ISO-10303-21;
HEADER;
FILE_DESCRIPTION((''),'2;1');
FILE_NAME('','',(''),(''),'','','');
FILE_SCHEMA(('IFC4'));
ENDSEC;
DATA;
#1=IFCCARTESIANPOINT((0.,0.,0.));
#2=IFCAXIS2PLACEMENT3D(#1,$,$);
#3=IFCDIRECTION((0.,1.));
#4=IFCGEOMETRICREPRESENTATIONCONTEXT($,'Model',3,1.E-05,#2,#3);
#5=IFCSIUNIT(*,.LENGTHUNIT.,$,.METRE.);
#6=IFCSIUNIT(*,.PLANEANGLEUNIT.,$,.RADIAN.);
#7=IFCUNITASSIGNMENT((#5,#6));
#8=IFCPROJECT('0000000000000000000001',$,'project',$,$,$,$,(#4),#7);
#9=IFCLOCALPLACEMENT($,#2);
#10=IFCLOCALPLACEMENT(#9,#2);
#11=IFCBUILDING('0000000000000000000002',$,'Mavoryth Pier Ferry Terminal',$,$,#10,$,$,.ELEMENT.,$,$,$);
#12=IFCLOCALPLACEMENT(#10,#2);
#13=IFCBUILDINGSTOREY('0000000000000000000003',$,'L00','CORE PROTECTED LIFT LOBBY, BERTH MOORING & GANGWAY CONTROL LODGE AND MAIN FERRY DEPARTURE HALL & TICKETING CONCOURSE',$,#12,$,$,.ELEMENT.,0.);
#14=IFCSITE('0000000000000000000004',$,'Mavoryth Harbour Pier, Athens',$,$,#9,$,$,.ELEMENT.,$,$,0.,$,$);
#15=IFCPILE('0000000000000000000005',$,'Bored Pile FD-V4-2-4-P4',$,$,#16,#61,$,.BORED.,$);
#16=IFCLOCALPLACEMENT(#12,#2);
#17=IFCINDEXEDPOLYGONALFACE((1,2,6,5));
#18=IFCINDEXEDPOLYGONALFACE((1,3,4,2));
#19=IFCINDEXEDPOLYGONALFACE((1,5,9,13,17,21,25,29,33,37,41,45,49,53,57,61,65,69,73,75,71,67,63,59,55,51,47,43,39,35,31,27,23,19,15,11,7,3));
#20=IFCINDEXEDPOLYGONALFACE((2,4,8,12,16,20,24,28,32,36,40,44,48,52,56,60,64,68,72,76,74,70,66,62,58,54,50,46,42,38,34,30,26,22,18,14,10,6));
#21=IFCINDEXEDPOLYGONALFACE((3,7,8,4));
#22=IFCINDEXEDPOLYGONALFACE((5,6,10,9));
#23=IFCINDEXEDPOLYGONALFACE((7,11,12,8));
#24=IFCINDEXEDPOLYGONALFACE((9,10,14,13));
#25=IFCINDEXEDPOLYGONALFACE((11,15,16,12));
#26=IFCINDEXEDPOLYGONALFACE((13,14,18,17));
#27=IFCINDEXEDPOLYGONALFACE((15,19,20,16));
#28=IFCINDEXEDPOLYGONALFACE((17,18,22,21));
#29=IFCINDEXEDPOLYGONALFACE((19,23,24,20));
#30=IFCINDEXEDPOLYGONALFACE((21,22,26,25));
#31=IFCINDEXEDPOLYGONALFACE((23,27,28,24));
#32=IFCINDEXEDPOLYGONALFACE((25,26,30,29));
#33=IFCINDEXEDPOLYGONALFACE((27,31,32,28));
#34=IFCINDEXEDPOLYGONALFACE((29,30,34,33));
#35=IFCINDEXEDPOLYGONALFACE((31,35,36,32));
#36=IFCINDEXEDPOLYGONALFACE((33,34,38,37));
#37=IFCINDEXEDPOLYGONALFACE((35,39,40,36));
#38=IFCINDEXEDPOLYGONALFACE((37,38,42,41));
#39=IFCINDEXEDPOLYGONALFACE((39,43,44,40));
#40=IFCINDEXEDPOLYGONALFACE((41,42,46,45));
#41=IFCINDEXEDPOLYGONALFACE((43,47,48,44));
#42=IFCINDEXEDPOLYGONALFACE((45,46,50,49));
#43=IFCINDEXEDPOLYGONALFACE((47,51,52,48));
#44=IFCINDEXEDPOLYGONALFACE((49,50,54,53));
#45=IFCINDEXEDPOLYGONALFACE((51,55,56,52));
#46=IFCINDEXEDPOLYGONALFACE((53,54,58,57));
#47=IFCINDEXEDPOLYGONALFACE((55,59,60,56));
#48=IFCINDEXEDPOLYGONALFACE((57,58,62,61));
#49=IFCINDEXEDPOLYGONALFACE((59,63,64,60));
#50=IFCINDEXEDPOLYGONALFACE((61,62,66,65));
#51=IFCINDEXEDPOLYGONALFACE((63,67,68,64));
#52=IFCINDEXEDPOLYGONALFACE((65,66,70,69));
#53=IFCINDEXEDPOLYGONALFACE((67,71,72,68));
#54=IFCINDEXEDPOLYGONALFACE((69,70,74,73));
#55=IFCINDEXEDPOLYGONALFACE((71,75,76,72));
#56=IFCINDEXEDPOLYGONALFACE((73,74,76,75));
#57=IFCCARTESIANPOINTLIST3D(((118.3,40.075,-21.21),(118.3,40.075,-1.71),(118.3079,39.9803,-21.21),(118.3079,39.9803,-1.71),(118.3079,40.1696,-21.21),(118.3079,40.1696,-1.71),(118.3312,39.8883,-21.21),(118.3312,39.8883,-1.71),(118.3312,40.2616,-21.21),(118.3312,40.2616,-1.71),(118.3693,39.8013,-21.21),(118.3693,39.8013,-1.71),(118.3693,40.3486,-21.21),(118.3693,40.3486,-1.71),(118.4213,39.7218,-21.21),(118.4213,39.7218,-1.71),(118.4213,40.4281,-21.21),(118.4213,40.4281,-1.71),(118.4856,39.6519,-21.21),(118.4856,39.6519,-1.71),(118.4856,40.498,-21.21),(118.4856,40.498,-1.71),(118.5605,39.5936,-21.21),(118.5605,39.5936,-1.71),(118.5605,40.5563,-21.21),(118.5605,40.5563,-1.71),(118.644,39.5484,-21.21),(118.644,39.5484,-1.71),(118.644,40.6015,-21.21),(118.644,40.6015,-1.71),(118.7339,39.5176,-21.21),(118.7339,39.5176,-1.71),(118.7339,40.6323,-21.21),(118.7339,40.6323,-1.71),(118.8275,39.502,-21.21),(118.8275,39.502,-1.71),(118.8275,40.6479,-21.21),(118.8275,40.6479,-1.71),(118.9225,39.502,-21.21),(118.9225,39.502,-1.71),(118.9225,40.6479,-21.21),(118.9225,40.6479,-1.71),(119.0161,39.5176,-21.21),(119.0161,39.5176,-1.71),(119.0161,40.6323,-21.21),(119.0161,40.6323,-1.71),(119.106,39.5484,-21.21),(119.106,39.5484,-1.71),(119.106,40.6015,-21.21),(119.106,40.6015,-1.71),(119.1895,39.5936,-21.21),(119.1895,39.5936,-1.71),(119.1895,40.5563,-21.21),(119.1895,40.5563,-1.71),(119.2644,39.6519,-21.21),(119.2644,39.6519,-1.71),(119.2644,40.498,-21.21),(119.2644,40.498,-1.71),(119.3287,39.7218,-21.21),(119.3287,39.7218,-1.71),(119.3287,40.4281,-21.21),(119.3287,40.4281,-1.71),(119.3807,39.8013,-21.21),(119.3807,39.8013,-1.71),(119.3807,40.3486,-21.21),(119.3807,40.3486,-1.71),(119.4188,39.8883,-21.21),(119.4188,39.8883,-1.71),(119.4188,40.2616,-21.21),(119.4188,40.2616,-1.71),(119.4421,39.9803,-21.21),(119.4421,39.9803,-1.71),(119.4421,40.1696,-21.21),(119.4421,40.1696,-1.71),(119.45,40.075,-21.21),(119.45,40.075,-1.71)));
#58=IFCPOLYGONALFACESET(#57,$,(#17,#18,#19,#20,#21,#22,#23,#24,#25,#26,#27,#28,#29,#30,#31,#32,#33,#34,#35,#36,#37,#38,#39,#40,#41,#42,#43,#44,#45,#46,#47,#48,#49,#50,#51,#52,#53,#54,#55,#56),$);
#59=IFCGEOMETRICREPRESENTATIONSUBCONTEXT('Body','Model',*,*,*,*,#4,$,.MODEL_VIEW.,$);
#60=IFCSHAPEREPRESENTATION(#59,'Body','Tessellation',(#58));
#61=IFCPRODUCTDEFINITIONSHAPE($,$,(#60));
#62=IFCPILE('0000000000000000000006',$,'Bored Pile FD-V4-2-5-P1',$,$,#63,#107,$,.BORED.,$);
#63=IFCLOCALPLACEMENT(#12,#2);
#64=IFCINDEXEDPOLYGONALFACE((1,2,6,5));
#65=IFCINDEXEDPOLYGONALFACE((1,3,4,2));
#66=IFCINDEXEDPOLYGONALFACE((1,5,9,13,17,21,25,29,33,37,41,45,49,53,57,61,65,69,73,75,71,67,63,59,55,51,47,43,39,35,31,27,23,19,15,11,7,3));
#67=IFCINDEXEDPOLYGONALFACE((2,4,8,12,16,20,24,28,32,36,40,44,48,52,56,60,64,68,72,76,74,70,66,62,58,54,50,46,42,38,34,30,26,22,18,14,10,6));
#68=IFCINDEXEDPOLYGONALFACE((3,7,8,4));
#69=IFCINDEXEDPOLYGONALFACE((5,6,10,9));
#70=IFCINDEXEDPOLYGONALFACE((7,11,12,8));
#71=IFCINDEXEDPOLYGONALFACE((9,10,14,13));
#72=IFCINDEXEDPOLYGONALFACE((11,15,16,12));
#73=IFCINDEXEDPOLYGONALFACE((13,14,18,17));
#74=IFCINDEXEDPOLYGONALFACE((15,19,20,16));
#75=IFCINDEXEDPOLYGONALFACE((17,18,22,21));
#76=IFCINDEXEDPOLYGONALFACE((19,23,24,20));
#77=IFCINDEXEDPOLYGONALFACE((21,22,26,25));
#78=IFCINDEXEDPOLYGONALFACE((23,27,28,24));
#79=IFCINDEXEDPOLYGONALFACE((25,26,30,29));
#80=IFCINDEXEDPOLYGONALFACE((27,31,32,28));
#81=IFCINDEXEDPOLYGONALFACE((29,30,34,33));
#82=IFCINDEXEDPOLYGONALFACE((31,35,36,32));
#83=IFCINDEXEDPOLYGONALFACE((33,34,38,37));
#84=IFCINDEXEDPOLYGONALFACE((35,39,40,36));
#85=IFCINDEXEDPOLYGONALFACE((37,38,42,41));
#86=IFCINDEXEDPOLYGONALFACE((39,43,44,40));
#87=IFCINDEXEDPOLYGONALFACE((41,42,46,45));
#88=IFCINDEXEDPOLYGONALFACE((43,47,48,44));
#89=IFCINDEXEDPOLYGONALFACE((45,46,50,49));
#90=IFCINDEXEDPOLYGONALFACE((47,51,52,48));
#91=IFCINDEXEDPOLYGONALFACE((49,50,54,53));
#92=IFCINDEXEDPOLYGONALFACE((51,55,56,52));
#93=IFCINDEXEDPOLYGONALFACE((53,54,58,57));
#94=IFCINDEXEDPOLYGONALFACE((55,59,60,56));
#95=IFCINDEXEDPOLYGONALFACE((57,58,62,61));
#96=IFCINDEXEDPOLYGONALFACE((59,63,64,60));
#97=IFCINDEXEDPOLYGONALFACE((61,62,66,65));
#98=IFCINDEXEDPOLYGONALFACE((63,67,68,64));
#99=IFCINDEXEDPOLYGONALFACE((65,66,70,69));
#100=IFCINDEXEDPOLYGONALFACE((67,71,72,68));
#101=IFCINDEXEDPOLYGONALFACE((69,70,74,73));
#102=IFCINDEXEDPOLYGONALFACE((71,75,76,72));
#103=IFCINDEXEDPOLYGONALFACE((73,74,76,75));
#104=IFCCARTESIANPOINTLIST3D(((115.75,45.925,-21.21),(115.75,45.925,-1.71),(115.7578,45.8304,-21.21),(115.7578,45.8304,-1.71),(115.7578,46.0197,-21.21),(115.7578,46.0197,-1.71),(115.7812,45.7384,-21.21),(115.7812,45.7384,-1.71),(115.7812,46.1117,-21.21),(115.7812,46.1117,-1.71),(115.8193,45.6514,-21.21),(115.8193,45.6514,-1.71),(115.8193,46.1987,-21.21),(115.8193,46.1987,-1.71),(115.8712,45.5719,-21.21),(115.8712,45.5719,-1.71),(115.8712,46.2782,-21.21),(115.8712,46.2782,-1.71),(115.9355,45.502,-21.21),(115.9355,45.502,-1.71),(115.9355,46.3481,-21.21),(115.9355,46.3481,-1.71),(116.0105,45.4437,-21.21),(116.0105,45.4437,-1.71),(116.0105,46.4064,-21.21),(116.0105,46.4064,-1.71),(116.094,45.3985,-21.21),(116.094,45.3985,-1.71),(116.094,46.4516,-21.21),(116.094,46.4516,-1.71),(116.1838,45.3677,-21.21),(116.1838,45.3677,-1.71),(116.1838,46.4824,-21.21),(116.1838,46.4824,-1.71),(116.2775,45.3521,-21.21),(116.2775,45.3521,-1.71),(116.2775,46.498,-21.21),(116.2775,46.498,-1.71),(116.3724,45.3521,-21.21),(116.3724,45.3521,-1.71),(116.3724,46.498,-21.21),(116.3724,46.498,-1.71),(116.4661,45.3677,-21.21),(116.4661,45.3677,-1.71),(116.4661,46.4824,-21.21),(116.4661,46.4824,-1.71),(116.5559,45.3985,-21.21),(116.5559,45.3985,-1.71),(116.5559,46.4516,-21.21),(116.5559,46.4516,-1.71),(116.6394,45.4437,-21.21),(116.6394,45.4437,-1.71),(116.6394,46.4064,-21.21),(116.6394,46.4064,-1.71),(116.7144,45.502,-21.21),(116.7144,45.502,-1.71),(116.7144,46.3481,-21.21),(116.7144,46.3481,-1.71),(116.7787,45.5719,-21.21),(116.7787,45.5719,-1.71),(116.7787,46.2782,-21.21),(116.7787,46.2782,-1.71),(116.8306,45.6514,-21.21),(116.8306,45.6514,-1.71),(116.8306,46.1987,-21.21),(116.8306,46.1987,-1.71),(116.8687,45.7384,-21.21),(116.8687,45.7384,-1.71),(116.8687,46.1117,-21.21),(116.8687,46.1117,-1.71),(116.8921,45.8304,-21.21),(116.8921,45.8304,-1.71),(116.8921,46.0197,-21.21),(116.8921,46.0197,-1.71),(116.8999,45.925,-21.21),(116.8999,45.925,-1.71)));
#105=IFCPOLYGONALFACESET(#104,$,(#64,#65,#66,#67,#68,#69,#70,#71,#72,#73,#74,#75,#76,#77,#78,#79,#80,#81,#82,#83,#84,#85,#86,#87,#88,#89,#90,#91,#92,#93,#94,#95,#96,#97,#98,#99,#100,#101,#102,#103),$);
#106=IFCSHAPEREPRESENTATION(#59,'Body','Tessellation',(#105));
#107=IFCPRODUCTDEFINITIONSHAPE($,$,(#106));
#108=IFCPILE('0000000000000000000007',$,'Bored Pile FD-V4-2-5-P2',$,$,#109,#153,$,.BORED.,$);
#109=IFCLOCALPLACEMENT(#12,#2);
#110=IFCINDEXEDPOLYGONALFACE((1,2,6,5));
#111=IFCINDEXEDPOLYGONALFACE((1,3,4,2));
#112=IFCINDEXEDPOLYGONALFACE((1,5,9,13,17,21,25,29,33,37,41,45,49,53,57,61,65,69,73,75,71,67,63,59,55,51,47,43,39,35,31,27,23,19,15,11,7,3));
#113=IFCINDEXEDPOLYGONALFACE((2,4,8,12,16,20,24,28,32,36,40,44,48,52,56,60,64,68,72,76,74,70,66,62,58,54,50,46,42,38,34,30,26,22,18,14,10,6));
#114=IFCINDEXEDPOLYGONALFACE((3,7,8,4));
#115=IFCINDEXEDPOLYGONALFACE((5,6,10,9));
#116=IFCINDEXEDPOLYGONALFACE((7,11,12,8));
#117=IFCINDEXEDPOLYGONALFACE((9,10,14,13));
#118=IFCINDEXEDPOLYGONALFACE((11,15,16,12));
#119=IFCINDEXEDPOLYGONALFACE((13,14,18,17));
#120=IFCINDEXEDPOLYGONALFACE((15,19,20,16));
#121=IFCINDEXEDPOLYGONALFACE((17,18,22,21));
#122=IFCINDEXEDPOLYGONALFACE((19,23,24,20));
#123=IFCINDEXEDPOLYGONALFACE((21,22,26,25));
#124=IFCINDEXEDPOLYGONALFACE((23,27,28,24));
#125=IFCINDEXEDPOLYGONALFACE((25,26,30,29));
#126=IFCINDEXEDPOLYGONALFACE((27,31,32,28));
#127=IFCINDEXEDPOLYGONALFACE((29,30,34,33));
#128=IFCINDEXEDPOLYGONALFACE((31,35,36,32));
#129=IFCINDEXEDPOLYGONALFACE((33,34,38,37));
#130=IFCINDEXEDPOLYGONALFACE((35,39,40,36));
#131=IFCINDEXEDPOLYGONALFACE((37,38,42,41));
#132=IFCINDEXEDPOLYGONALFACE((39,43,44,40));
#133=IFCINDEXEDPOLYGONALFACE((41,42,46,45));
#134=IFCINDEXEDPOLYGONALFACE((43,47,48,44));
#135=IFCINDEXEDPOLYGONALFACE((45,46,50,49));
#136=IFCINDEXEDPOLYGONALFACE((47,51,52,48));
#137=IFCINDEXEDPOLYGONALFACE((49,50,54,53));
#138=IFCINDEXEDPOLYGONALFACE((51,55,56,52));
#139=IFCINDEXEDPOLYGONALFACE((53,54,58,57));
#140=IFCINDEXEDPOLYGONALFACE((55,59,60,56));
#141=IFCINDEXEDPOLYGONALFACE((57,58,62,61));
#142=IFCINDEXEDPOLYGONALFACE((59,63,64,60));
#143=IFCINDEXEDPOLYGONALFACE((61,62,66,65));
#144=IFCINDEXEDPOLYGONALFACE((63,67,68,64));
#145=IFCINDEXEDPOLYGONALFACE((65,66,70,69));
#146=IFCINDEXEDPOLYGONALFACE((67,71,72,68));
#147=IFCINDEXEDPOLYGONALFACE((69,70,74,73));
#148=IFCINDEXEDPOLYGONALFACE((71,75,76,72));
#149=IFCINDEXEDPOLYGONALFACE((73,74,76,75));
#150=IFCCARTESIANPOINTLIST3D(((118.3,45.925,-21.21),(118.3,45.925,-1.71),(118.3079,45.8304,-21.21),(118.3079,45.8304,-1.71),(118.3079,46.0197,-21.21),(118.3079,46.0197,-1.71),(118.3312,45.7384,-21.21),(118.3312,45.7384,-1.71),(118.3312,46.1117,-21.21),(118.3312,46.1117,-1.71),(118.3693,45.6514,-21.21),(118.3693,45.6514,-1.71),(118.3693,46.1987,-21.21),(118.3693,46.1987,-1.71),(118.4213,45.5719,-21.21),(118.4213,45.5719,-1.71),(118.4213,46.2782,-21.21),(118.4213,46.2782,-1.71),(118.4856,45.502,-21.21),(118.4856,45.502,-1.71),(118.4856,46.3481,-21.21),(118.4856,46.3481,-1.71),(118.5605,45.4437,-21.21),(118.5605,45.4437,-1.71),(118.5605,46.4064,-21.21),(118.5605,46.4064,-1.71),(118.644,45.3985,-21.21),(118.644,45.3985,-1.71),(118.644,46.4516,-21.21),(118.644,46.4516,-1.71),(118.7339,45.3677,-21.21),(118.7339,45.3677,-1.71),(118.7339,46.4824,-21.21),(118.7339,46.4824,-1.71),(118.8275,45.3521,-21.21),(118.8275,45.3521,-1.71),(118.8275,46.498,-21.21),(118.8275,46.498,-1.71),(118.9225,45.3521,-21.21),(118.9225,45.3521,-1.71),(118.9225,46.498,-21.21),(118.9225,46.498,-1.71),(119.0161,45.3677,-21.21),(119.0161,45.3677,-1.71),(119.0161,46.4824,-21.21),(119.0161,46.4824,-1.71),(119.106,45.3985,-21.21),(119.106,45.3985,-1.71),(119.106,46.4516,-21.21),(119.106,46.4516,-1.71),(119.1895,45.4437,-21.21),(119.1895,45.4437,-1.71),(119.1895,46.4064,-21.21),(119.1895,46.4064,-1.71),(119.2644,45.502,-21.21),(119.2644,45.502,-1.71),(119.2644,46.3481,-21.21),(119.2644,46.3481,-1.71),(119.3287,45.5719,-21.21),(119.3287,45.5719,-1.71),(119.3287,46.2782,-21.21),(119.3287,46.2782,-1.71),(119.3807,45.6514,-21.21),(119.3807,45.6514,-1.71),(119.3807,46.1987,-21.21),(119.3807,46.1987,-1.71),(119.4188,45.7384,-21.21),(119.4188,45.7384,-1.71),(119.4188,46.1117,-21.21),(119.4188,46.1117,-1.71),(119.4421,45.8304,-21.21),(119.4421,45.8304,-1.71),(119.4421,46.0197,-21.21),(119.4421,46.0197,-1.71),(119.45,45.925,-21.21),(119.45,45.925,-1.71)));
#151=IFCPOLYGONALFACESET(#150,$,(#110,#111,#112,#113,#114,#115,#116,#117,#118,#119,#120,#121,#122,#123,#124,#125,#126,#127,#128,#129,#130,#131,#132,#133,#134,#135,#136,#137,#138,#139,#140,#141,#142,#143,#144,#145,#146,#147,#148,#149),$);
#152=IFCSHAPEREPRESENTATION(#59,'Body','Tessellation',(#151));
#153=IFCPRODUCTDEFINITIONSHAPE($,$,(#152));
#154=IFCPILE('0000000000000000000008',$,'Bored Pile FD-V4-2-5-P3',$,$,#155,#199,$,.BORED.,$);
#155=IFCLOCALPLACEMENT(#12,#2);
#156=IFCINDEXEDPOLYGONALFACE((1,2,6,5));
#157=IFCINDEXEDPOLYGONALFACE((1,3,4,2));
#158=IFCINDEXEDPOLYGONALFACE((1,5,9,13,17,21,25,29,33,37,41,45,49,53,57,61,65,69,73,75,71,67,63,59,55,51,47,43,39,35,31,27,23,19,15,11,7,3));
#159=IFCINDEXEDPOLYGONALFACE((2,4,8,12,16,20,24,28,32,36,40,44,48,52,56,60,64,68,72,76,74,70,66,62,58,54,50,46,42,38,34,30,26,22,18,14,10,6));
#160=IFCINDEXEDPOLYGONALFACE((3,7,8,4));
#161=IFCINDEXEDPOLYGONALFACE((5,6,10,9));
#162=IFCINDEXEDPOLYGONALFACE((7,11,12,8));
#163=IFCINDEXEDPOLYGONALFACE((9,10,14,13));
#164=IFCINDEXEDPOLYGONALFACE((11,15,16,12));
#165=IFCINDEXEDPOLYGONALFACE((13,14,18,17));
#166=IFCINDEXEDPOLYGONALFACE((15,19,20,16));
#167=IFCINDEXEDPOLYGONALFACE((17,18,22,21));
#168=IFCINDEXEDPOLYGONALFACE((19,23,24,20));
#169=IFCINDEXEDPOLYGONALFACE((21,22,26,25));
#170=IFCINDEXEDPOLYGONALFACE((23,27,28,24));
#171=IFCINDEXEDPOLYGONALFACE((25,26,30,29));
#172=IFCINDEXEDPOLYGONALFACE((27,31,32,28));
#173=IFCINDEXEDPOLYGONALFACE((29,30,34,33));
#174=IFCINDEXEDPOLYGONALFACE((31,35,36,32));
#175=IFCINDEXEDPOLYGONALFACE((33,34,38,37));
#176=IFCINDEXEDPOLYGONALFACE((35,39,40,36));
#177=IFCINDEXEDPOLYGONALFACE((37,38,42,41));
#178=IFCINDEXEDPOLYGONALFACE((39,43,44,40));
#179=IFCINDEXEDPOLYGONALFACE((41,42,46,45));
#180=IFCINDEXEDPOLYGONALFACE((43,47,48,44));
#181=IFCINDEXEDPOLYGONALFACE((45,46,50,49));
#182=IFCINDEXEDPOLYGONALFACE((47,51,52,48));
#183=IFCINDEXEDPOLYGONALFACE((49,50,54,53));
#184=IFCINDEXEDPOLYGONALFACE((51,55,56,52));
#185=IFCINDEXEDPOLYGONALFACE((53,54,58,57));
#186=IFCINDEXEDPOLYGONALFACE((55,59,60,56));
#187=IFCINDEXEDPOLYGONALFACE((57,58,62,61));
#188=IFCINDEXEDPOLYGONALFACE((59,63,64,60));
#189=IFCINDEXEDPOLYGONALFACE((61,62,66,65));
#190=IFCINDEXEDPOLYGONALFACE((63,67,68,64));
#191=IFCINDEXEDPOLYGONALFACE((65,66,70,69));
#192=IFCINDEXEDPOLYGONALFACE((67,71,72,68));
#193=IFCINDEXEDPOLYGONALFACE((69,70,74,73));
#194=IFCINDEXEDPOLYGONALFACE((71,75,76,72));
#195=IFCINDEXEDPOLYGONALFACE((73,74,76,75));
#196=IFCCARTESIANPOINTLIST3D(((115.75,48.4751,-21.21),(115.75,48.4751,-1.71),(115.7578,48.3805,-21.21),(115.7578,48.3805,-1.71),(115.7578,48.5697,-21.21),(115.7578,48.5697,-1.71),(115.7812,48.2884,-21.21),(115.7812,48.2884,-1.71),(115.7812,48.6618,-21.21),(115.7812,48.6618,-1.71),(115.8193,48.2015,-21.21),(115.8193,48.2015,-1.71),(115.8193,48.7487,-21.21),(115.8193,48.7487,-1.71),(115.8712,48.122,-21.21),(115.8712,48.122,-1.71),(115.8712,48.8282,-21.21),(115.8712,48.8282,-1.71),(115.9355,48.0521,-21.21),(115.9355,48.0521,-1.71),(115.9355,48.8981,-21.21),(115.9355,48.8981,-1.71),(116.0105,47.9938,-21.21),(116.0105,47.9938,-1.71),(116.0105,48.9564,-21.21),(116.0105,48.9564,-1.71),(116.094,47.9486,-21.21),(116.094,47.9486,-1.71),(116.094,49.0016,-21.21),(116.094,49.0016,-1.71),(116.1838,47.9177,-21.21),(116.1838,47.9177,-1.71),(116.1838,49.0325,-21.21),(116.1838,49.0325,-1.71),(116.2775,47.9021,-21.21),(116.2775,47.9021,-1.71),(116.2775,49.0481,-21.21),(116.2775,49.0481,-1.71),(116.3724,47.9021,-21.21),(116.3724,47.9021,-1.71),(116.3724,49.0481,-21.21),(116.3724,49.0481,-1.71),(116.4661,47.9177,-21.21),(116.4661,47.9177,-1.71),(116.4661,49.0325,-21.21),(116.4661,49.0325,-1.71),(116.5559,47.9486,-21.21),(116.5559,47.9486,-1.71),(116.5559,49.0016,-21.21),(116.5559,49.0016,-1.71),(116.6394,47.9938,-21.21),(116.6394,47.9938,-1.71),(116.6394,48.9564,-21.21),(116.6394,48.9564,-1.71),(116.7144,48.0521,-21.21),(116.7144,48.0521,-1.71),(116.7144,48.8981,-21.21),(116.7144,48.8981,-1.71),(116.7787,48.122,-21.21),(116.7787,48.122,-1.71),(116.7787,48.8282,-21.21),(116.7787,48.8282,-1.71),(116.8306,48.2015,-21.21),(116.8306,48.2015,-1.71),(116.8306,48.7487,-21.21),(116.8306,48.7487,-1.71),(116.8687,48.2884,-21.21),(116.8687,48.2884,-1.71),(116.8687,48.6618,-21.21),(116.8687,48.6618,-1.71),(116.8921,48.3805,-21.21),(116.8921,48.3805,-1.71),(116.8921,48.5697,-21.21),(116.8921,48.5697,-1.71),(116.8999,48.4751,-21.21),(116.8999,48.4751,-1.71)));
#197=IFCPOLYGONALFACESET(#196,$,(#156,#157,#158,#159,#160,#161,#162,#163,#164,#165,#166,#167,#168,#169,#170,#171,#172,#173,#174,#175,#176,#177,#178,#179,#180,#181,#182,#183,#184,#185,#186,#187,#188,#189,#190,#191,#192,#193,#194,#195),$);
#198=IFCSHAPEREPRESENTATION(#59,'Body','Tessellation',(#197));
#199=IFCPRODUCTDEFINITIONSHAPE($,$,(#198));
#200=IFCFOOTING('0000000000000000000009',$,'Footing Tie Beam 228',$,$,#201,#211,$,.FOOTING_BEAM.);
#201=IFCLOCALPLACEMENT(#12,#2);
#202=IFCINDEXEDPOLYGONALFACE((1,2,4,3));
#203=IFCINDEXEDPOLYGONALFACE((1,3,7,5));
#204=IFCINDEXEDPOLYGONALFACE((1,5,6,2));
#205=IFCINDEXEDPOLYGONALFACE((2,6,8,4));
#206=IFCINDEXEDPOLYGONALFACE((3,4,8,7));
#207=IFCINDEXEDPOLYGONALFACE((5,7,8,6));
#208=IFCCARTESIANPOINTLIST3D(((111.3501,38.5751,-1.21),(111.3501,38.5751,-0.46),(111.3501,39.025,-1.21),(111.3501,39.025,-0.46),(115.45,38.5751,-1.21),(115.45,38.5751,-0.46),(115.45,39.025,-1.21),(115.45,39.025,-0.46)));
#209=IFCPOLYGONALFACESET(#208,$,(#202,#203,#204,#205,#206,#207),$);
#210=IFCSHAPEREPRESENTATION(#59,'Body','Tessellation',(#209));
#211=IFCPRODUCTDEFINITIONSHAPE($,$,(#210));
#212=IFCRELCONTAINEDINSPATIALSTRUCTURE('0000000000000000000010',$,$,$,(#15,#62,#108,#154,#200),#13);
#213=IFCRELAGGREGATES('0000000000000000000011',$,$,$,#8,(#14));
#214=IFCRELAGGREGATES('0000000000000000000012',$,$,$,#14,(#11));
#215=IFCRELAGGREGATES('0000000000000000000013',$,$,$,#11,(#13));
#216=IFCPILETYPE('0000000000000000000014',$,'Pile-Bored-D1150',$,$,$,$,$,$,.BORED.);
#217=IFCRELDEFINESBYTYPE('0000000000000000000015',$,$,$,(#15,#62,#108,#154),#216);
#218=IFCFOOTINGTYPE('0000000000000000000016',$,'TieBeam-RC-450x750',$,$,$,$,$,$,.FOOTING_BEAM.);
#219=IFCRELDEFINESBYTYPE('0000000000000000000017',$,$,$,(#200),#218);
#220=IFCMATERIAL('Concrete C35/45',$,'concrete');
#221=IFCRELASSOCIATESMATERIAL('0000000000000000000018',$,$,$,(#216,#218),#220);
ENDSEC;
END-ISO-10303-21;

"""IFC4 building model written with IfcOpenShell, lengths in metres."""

from ifc_helpers import new_model, si_unit, direction, frame, origin, origin_2d, place, context, subcontext, project, spatial, rectangle, circle, extrude, material, material_profile, profile_set, type_object, element, save


model = new_model("IFC4")

# Units and contexts
model_context = context("Model", 3, precision=1e-05, world=origin(), true_north=direction((0.0, 1.0)))
body_context = subcontext(model_context, "Body", "Model", "MODEL_VIEW")
ifc_project = project(units=[si_unit("LENGTHUNIT", "METRE"), si_unit("PLANEANGLEUNIT", "RADIAN")], contexts=[model_context])

# Site, building, storey
site_placement = place(None, origin())
site = spatial("IfcSite", under=ifc_project, at=site_placement, Name="Mavoryth Harbour Pier, Athens", CompositionType="ELEMENT", RefElevation=0.0)
building_placement = place(site_placement, origin())
building = spatial("IfcBuilding", under=site, at=building_placement, Name="Mavoryth Pier Ferry Terminal", CompositionType="ELEMENT")
storey_placement = place(building_placement, origin())
storey = spatial("IfcBuildingStorey", under=building, at=storey_placement, Name="L00", Description="CORE PROTECTED LIFT LOBBY, BERTH MOORING & GANGWAY CONTROL LODGE AND MAIN FERRY DEPARTURE HALL & TICKETING CONCOURSE", CompositionType="ELEMENT", Elevation=0.0)

# Shared definitions
ifc_material_1 = material(Name="Concrete C35/45", Category="concrete")

# Piles
ifc_material_profile_1 = material_profile(ifc_material_1, circle(Radius=0.575, at=origin_2d()), Name="PILE D1150", Category="concrete")
ifc_profile_set_1 = profile_set([ifc_material_profile_1], Name="Concrete C35/45 - PILE D1150")
pile_type = type_object("IfcPileType", Name="Pile-Bored-D1150", PredefinedType="BORED", material=ifc_profile_set_1)
for number, where, z_axis, x_axis, name in (
    (1, (118.875, 40.075, -1.71), (0.0, 0.0, -1.0), (1.0, 0.0, 0.0), "Bored Pile FD-V4-2-4-P4"),
    (2, (116.325, 45.925, -1.71), (0.0, 0.0, -1.0), (1.0, 0.0, 0.0), "Bored Pile FD-V4-2-5-P1"),
    (3, (118.875, 45.925, -1.71), (0.0, 0.0, -1.0), (1.0, 0.0, 0.0), "Bored Pile FD-V4-2-5-P2"),
    (4, (116.325, 48.4751, -1.71), (0.0, 0.0, -1.0), (1.0, 0.0, 0.0), "Bored Pile FD-V4-2-5-P3"),
):
    element("IfcPile", number, at=place(storey_placement, frame(where, z_axis=z_axis, x_axis=x_axis)), inside=storey, type_object=pile_type, Name=name, PredefinedType="BORED", context=body_context, shape_type="SweptSolid", body=[
        extrude(circle(Radius=0.575, at=origin_2d()), origin(), (0.0, 0.0, 1.0), 19.5),
    ])

# Footing
ifc_material_profile_2 = material_profile(ifc_material_1, rectangle(XDim=0.45, YDim=0.75, at=origin_2d()), Name="RC 450x750", Category="concrete")
ifc_profile_set_2 = profile_set([ifc_material_profile_2], Name="Concrete C35/45 - RC 450x750")
footing_type_1 = type_object("IfcFootingType", Name="TieBeam-RC-450x750", PredefinedType="FOOTING_BEAM", material=ifc_profile_set_2)
for number, where, z_axis, x_axis, name in (
    (5, (111.3501, 38.8, -0.835), (1.0, 0.0, 0.0), (0.0, 1.0, 0.0), "Footing Tie Beam 228"),
):
    element("IfcFooting", number, at=place(storey_placement, frame(where, z_axis=z_axis, x_axis=x_axis)), inside=storey, type_object=footing_type_1, Name=name, PredefinedType="FOOTING_BEAM", context=body_context, shape_type="SweptSolid", body=[
        extrude(rectangle(XDim=0.45, YDim=0.75, at=origin_2d()), origin(), (0.0, 0.0, 1.0), 4.0999),
    ])

save(model, "model.ifc")
